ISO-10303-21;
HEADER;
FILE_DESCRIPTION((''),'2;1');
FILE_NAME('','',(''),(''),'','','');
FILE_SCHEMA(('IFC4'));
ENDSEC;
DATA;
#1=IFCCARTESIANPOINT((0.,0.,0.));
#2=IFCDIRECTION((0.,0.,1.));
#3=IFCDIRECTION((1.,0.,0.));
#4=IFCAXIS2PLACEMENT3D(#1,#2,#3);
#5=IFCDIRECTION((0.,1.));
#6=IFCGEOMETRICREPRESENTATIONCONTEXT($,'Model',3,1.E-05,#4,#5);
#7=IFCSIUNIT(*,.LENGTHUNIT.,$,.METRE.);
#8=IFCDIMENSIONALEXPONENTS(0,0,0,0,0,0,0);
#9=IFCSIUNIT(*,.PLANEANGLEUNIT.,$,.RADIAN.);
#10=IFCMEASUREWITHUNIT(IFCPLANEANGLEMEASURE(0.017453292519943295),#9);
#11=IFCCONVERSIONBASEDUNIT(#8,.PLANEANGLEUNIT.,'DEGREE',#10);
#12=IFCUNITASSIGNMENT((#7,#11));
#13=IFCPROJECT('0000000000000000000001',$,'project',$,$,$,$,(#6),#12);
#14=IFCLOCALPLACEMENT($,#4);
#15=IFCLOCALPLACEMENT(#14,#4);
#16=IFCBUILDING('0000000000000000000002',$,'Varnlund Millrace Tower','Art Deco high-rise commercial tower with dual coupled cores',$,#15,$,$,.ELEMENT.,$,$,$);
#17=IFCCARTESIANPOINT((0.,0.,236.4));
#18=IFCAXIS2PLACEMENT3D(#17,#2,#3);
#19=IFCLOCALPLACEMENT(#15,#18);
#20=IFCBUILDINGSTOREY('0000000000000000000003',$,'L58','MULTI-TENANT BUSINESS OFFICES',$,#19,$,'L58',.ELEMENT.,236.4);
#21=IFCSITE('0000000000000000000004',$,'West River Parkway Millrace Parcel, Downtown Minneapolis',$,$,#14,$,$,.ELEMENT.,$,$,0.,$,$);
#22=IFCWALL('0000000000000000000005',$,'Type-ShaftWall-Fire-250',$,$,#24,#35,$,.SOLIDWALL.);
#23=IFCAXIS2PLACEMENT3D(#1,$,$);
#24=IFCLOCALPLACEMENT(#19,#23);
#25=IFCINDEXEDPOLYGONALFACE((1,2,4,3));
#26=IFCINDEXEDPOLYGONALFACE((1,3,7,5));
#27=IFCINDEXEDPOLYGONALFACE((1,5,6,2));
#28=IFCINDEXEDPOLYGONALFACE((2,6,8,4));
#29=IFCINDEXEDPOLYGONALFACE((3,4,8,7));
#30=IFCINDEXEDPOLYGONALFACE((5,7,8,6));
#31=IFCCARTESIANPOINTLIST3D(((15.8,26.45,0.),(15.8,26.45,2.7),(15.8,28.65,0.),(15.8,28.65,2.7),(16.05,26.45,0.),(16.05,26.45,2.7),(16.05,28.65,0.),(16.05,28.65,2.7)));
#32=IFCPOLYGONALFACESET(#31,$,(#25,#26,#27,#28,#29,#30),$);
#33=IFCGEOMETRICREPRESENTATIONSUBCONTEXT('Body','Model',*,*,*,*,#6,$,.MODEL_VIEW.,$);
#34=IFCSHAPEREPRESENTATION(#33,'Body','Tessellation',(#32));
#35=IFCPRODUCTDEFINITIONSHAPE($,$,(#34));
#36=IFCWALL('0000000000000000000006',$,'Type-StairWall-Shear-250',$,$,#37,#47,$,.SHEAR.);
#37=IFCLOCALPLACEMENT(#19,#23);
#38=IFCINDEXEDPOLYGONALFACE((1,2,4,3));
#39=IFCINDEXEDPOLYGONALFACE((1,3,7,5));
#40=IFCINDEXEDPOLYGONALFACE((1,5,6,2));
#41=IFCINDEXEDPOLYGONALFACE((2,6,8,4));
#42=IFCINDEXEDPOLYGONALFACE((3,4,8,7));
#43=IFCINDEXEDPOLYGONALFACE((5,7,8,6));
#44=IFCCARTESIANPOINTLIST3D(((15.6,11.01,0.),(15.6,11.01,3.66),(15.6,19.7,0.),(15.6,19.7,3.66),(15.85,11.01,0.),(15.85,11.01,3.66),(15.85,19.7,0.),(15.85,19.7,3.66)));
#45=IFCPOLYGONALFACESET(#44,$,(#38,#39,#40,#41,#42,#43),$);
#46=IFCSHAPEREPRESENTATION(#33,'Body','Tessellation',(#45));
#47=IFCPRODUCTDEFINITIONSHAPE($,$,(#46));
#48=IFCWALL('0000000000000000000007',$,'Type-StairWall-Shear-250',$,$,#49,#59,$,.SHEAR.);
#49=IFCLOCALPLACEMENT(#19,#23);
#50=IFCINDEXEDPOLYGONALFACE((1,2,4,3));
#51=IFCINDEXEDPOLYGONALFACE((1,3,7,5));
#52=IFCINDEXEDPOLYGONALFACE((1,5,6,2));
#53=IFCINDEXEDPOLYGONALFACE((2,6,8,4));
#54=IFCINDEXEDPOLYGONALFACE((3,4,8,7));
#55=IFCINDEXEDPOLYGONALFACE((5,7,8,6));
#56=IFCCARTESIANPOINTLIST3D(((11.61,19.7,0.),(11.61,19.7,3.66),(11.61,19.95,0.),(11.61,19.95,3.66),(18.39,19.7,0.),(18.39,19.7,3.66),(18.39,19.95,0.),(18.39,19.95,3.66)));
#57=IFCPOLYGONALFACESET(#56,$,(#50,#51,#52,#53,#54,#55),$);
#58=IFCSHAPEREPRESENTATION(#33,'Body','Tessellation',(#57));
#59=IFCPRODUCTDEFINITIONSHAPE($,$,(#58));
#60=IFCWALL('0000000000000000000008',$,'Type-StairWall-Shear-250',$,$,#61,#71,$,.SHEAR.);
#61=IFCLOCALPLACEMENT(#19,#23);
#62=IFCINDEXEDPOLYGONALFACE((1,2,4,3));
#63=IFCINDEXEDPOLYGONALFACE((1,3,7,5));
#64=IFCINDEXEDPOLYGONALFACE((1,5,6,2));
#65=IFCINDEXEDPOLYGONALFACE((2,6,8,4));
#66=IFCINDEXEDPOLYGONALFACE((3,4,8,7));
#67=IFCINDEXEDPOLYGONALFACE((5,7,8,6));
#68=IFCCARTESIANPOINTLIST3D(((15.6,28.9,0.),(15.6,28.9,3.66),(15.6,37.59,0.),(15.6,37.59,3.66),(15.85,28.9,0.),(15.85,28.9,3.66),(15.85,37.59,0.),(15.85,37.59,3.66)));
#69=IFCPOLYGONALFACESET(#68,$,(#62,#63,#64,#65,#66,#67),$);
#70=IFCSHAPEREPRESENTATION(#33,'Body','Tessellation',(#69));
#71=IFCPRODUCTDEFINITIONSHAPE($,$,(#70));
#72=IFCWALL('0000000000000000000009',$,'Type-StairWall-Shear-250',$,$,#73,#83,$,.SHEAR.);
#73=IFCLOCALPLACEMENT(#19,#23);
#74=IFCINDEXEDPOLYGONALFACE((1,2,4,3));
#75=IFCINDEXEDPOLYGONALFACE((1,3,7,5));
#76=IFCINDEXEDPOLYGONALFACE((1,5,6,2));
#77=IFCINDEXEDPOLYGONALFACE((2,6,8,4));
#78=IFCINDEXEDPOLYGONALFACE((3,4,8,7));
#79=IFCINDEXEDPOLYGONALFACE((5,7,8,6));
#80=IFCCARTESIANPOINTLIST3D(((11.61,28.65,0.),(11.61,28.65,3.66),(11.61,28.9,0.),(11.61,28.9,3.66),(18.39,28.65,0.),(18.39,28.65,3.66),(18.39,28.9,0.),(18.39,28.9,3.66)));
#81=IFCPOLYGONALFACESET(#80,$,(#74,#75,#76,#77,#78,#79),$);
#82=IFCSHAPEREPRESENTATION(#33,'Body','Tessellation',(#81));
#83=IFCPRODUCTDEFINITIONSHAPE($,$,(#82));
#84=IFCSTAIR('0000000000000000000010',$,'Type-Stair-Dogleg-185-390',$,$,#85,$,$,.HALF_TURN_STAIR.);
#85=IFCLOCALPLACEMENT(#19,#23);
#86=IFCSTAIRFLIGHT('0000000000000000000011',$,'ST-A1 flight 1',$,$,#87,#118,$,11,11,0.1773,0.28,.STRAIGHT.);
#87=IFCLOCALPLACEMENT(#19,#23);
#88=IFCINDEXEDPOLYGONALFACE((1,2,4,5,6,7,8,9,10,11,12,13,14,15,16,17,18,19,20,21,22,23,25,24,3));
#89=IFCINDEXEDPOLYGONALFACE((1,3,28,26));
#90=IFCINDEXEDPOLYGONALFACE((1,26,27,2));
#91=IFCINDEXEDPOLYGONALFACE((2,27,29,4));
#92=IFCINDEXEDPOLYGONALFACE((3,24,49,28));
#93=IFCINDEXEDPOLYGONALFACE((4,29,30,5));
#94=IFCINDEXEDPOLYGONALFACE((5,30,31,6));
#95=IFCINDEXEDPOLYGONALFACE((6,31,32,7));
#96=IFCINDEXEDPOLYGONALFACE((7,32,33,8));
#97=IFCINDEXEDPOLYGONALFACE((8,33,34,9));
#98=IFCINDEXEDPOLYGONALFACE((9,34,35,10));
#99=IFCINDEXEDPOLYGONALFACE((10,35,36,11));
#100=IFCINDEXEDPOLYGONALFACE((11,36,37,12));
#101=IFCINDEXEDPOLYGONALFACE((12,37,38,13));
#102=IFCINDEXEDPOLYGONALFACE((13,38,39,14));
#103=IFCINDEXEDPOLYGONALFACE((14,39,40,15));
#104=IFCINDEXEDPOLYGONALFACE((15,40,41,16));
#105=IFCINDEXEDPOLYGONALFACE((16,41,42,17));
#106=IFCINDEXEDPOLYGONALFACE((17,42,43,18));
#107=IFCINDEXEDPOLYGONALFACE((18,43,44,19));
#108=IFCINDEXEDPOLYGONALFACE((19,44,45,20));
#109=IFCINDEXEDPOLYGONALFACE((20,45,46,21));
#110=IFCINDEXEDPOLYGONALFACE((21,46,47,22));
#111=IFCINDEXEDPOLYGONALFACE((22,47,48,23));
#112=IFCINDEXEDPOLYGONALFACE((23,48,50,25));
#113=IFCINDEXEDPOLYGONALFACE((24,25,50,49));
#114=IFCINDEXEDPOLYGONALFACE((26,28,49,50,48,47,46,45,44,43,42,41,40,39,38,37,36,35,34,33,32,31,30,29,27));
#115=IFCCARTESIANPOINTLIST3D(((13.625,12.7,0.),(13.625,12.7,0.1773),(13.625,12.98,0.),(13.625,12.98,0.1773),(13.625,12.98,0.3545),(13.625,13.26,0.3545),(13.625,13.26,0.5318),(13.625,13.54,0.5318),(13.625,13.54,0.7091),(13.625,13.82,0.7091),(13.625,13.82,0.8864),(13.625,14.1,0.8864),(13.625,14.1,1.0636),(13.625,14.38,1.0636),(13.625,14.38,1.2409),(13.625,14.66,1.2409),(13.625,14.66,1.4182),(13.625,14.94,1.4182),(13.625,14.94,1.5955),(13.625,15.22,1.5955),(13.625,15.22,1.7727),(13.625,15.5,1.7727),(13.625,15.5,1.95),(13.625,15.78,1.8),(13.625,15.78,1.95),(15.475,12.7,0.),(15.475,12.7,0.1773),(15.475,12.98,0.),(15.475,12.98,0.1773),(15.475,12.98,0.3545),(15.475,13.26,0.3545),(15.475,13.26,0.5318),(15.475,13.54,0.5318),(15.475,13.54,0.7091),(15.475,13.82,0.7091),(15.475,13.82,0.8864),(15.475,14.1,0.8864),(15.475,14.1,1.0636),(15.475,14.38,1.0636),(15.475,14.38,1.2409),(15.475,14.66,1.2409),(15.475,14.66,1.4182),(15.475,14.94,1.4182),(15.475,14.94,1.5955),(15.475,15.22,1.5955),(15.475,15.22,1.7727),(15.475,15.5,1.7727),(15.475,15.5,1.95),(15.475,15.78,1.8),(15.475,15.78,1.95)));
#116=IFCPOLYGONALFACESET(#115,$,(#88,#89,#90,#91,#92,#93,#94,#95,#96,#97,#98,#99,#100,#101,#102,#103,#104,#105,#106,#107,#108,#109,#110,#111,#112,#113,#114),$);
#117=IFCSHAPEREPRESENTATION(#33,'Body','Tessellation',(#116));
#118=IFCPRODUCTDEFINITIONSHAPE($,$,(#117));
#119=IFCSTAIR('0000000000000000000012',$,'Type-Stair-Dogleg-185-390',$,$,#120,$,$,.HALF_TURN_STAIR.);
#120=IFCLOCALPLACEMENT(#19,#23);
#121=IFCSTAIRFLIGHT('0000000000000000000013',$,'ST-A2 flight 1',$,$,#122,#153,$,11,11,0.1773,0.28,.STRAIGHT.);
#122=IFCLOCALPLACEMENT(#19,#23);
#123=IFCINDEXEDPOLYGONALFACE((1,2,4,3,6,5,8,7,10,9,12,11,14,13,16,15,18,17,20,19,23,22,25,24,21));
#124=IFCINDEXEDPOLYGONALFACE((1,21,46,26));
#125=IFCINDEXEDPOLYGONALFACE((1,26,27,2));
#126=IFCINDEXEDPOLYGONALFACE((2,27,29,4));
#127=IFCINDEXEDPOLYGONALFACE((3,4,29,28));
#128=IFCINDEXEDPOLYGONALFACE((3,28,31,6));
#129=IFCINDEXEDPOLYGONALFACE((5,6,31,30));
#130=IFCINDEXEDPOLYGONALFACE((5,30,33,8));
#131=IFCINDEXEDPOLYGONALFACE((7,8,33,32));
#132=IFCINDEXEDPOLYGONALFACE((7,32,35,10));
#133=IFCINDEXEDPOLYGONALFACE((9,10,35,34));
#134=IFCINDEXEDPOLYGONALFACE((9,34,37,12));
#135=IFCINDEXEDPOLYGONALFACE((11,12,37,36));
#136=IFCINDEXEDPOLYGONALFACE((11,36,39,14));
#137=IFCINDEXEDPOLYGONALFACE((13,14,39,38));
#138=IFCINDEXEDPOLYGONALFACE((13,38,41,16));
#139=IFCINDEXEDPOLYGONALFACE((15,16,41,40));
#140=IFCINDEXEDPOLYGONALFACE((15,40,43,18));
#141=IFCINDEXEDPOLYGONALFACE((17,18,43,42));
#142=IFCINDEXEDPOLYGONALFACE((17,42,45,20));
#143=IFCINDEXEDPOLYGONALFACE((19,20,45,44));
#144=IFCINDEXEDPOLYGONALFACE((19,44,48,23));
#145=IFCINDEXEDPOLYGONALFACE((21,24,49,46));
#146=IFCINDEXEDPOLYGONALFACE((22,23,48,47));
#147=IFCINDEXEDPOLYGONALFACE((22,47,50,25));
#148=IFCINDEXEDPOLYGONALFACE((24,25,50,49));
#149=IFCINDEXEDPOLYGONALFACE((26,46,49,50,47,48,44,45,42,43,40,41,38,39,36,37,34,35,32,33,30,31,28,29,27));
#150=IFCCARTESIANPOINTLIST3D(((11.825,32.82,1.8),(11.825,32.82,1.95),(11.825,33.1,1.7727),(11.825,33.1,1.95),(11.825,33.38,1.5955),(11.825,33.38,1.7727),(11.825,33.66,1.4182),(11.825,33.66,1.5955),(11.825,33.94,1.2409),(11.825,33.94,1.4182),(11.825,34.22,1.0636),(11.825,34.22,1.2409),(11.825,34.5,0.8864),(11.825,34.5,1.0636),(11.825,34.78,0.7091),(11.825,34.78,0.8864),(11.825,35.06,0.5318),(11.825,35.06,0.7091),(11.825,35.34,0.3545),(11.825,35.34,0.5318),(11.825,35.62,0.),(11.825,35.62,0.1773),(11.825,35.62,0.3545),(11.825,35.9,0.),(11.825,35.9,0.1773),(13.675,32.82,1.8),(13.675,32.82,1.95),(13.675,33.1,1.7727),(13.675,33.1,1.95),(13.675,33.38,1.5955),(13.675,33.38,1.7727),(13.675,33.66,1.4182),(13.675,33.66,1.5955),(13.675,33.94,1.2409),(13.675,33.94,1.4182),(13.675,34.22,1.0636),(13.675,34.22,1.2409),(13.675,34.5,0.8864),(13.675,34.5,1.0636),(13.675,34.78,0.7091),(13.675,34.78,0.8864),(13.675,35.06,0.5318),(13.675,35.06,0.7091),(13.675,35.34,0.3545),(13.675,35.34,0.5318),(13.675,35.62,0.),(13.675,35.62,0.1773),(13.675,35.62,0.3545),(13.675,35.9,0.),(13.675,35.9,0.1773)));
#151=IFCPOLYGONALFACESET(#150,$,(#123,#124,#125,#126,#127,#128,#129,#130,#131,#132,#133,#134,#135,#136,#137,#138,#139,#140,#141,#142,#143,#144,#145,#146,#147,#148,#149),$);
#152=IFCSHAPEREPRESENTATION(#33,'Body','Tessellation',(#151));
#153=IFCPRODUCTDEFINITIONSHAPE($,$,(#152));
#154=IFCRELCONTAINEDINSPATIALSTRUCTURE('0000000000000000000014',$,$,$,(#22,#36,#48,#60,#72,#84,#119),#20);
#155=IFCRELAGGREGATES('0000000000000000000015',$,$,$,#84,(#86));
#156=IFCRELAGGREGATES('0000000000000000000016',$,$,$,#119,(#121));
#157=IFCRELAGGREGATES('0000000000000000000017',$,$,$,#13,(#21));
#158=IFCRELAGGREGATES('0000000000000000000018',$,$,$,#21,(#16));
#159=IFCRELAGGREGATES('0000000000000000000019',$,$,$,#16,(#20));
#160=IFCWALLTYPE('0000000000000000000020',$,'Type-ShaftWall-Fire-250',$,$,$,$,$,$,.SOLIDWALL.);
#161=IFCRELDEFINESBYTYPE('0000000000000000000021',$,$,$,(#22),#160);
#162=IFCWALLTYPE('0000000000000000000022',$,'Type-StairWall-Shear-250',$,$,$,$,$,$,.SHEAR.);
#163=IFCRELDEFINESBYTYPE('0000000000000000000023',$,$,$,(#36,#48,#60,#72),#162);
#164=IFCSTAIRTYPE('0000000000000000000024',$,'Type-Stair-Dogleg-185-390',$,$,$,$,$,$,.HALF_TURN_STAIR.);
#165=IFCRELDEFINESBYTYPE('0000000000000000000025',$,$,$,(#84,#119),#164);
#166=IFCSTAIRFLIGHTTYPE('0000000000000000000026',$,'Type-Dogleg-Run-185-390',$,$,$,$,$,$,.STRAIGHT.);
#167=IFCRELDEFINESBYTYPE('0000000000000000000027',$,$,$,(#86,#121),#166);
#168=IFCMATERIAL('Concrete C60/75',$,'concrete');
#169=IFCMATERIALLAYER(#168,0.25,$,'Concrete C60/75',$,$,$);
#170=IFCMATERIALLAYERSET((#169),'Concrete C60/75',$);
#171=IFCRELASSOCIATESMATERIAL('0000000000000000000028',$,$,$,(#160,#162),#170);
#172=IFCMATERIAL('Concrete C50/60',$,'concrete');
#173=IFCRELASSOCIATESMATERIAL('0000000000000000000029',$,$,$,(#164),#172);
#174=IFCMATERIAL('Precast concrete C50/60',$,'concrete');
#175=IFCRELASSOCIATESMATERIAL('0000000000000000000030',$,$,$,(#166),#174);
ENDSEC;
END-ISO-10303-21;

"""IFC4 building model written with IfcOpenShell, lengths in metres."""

from ifc_helpers import new_model, entity, si_unit, converted_unit, direction, frame, origin_with_axes, place, context, subcontext, project, spatial, polyline, outline, extrude, material, layer, layer_set, type_object, element, aggregate, save


model = new_model("IFC4")

# Units and contexts
model_context = context("Model", 3, precision=1e-05, world=origin_with_axes(), true_north=direction((0.0, 1.0)))
body_context = subcontext(model_context, "Body", "Model", "MODEL_VIEW")
ifc_project = project(units=[si_unit("LENGTHUNIT", "METRE"), converted_unit("PLANEANGLEUNIT", "DEGREE", entity("IfcPlaneAngleMeasure", 0.017453292519943295), si_unit("PLANEANGLEUNIT", "RADIAN"), dimensions=[0, 0, 0, 0, 0, 0, 0])], contexts=[model_context])

# Site, building, storey
site_placement = place(None, origin_with_axes())
site = spatial("IfcSite", under=ifc_project, at=site_placement, Name="West River Parkway Millrace Parcel, Downtown Minneapolis", CompositionType="ELEMENT", RefElevation=0.0)
building_placement = place(site_placement, origin_with_axes())
building = spatial("IfcBuilding", under=site, at=building_placement, Name="Varnlund Millrace Tower", Description="Art Deco high-rise commercial tower with dual coupled cores", CompositionType="ELEMENT")
storey_placement = place(building_placement, frame((0.0, 0.0, 236.4), z_axis=(0.0, 0.0, 1.0), x_axis=(1.0, 0.0, 0.0)))
storey = spatial("IfcBuildingStorey", under=building, at=storey_placement, Name="L58", Description="MULTI-TENANT BUSINESS OFFICES", LongName="L58", CompositionType="ELEMENT", Elevation=236.4)

# Shared definitions
ifc_material_1 = material(Name="Concrete C60/75", Category="concrete")

# Shared definitions
ifc_layer_1 = layer(ifc_material_1, 0.25, Name="Concrete C60/75")
ifc_layer_set_1 = layer_set([ifc_layer_1], Name="Concrete C60/75")
wall_type_1 = type_object("IfcWallType", Name="Type-ShaftWall-Fire-250", PredefinedType="SOLIDWALL", material=ifc_layer_set_1)

# Walls
for number, where, z_axis, x_axis, name in (
    (1, (15.925, 26.45, 0.0), (0.0, 0.0, 1.0), (0.0, 1.0, 0.0), "Type-ShaftWall-Fire-250"),
):
    element("IfcWall", number, at=place(storey_placement, frame(where, z_axis=z_axis, x_axis=x_axis)), inside=storey, type_object=wall_type_1, Name=name, PredefinedType="SOLIDWALL", context=body_context, shape_type="SweptSolid", body=[
        extrude(outline(polyline([(0.0, -0.125), (2.2, -0.125), (2.2, 0.125), (0.0, 0.125), (0.0, -0.125)])), origin_with_axes(), (0.0, 0.0, 1.0), 2.7),
    ])
wall_type_2 = type_object("IfcWallType", Name="Type-StairWall-Shear-250", PredefinedType="SHEAR", material=ifc_layer_set_1)
wall_1_placement = place(storey_placement, frame((15.725, 11.01, 0.0), z_axis=(0.0, 0.0, 1.0), x_axis=(0.0, 1.0, 0.0)))
element("IfcWall", 2, at=wall_1_placement, inside=storey, type_object=wall_type_2, Name="Type-StairWall-Shear-250", PredefinedType="SHEAR", context=body_context, shape_type="SweptSolid", body=[
    extrude(outline(polyline([(0.0, -0.125), (8.69, -0.125), (8.69, 0.125), (0.0, 0.125), (0.0, -0.125)])), origin_with_axes(), (0.0, 0.0, 1.0), 3.66),
])
wall_2_placement = place(storey_placement, frame((11.61, 19.825, 0.0), z_axis=(0.0, 0.0, 1.0), x_axis=(1.0, 0.0, 0.0)))
element("IfcWall", 3, at=wall_2_placement, inside=storey, type_object=wall_type_2, Name="Type-StairWall-Shear-250", PredefinedType="SHEAR", context=body_context, shape_type="SweptSolid", body=[
    extrude(outline(polyline([(0.0, -0.125), (6.78, -0.125), (6.78, 0.125), (0.0, 0.125), (0.0, -0.125)])), origin_with_axes(), (0.0, 0.0, 1.0), 3.66),
])
wall_3_placement = place(storey_placement, frame((15.725, 28.9, 0.0), z_axis=(0.0, 0.0, 1.0), x_axis=(0.0, 1.0, 0.0)))
element("IfcWall", 4, at=wall_3_placement, inside=storey, type_object=wall_type_2, Name="Type-StairWall-Shear-250", PredefinedType="SHEAR", context=body_context, shape_type="SweptSolid", body=[
    extrude(outline(polyline([(0.0, -0.125), (8.69, -0.125), (8.69, 0.125), (0.0, 0.125), (0.0, -0.125)])), origin_with_axes(), (0.0, 0.0, 1.0), 3.66),
])
wall_4_placement = place(storey_placement, frame((11.61, 28.775, 0.0), z_axis=(0.0, 0.0, 1.0), x_axis=(1.0, 0.0, 0.0)))
element("IfcWall", 5, at=wall_4_placement, inside=storey, type_object=wall_type_2, Name="Type-StairWall-Shear-250", PredefinedType="SHEAR", context=body_context, shape_type="SweptSolid", body=[
    extrude(outline(polyline([(0.0, -0.125), (6.78, -0.125), (6.78, 0.125), (0.0, 0.125), (0.0, -0.125)])), origin_with_axes(), (0.0, 0.0, 1.0), 3.66),
])

# Stairs, stair flights
ifc_material_2 = material(Name="Concrete C50/60", Category="concrete")
stair_type = type_object("IfcStairType", Name="Type-Stair-Dogleg-185-390", PredefinedType="HALF_TURN_STAIR", material=ifc_material_2)
stair_1_placement = place(storey_placement, origin_with_axes())
stair_1 = element("IfcStair", 6, at=stair_1_placement, inside=storey, type_object=stair_type, Name="Type-Stair-Dogleg-185-390", PredefinedType="HALF_TURN_STAIR")
ifc_material_3 = material(Name="Precast concrete C50/60", Category="concrete")
stair_flight_type = type_object("IfcStairFlightType", Name="Type-Dogleg-Run-185-390", PredefinedType="STRAIGHT", material=ifc_material_3)
stair_flight_1_placement = place(storey_placement, frame((13.625, 12.7, 0.0), z_axis=(1.0, 0.0, 0.0), x_axis=(0.0, 1.0, 0.0)))
stair_flight_1 = element("IfcStairFlight", 7, at=stair_flight_1_placement, type_object=stair_flight_type, Name="ST-A1 flight 1", NumberOfRisers=11, NumberOfTreads=11, PredefinedType="STRAIGHT", RiserHeight=0.1773, TreadLength=0.28, context=body_context, shape_type="SweptSolid", body=[
    extrude(outline(polyline([(0.0, 0.0), (0.0, 0.1773), (0.28, 0.1773), (0.28, 0.3545), (0.56, 0.3545), (0.56, 0.5318), (0.84, 0.5318), (0.84, 0.7091), (1.12, 0.7091), (1.12, 0.8864), (1.4, 0.8864), (1.4, 1.0636), (1.68, 1.0636), (1.68, 1.2409), (1.96, 1.2409), (1.96, 1.4182), (2.24, 1.4182), (2.24, 1.5955), (2.52, 1.5955), (2.52, 1.7727), (2.8, 1.7727), (2.8, 1.95), (3.08, 1.95), (3.08, 1.8), (0.28, 0.0), (0.0, 0.0)])), origin_with_axes(), (0.0, 0.0, 1.0), 1.85),
])
aggregate(stair_1, [stair_flight_1])
stair_2_placement = place(storey_placement, origin_with_axes())
stair_2 = element("IfcStair", 8, at=stair_2_placement, inside=storey, type_object=stair_type, Name="Type-Stair-Dogleg-185-390", PredefinedType="HALF_TURN_STAIR")
stair_flight_2_placement = place(storey_placement, frame((13.675, 35.9, 0.0), z_axis=(-1.0, 0.0, 0.0), x_axis=(0.0, -1.0, 0.0)))
stair_flight_2 = element("IfcStairFlight", 9, at=stair_flight_2_placement, type_object=stair_flight_type, Name="ST-A2 flight 1", NumberOfRisers=11, NumberOfTreads=11, PredefinedType="STRAIGHT", RiserHeight=0.1773, TreadLength=0.28, context=body_context, shape_type="SweptSolid", body=[
    extrude(outline(polyline([(0.0, 0.0), (0.0, 0.1773), (0.28, 0.1773), (0.28, 0.3545), (0.56, 0.3545), (0.56, 0.5318), (0.84, 0.5318), (0.84, 0.7091), (1.12, 0.7091), (1.12, 0.8864), (1.4, 0.8864), (1.4, 1.0636), (1.68, 1.0636), (1.68, 1.2409), (1.96, 1.2409), (1.96, 1.4182), (2.24, 1.4182), (2.24, 1.5955), (2.52, 1.5955), (2.52, 1.7727), (2.8, 1.7727), (2.8, 1.95), (3.08, 1.95), (3.08, 1.8), (0.28, 0.0), (0.0, 0.0)])), origin_with_axes(), (0.0, 0.0, 1.0), 1.85),
])
aggregate(stair_2, [stair_flight_2])

save(model, "model.ifc")
